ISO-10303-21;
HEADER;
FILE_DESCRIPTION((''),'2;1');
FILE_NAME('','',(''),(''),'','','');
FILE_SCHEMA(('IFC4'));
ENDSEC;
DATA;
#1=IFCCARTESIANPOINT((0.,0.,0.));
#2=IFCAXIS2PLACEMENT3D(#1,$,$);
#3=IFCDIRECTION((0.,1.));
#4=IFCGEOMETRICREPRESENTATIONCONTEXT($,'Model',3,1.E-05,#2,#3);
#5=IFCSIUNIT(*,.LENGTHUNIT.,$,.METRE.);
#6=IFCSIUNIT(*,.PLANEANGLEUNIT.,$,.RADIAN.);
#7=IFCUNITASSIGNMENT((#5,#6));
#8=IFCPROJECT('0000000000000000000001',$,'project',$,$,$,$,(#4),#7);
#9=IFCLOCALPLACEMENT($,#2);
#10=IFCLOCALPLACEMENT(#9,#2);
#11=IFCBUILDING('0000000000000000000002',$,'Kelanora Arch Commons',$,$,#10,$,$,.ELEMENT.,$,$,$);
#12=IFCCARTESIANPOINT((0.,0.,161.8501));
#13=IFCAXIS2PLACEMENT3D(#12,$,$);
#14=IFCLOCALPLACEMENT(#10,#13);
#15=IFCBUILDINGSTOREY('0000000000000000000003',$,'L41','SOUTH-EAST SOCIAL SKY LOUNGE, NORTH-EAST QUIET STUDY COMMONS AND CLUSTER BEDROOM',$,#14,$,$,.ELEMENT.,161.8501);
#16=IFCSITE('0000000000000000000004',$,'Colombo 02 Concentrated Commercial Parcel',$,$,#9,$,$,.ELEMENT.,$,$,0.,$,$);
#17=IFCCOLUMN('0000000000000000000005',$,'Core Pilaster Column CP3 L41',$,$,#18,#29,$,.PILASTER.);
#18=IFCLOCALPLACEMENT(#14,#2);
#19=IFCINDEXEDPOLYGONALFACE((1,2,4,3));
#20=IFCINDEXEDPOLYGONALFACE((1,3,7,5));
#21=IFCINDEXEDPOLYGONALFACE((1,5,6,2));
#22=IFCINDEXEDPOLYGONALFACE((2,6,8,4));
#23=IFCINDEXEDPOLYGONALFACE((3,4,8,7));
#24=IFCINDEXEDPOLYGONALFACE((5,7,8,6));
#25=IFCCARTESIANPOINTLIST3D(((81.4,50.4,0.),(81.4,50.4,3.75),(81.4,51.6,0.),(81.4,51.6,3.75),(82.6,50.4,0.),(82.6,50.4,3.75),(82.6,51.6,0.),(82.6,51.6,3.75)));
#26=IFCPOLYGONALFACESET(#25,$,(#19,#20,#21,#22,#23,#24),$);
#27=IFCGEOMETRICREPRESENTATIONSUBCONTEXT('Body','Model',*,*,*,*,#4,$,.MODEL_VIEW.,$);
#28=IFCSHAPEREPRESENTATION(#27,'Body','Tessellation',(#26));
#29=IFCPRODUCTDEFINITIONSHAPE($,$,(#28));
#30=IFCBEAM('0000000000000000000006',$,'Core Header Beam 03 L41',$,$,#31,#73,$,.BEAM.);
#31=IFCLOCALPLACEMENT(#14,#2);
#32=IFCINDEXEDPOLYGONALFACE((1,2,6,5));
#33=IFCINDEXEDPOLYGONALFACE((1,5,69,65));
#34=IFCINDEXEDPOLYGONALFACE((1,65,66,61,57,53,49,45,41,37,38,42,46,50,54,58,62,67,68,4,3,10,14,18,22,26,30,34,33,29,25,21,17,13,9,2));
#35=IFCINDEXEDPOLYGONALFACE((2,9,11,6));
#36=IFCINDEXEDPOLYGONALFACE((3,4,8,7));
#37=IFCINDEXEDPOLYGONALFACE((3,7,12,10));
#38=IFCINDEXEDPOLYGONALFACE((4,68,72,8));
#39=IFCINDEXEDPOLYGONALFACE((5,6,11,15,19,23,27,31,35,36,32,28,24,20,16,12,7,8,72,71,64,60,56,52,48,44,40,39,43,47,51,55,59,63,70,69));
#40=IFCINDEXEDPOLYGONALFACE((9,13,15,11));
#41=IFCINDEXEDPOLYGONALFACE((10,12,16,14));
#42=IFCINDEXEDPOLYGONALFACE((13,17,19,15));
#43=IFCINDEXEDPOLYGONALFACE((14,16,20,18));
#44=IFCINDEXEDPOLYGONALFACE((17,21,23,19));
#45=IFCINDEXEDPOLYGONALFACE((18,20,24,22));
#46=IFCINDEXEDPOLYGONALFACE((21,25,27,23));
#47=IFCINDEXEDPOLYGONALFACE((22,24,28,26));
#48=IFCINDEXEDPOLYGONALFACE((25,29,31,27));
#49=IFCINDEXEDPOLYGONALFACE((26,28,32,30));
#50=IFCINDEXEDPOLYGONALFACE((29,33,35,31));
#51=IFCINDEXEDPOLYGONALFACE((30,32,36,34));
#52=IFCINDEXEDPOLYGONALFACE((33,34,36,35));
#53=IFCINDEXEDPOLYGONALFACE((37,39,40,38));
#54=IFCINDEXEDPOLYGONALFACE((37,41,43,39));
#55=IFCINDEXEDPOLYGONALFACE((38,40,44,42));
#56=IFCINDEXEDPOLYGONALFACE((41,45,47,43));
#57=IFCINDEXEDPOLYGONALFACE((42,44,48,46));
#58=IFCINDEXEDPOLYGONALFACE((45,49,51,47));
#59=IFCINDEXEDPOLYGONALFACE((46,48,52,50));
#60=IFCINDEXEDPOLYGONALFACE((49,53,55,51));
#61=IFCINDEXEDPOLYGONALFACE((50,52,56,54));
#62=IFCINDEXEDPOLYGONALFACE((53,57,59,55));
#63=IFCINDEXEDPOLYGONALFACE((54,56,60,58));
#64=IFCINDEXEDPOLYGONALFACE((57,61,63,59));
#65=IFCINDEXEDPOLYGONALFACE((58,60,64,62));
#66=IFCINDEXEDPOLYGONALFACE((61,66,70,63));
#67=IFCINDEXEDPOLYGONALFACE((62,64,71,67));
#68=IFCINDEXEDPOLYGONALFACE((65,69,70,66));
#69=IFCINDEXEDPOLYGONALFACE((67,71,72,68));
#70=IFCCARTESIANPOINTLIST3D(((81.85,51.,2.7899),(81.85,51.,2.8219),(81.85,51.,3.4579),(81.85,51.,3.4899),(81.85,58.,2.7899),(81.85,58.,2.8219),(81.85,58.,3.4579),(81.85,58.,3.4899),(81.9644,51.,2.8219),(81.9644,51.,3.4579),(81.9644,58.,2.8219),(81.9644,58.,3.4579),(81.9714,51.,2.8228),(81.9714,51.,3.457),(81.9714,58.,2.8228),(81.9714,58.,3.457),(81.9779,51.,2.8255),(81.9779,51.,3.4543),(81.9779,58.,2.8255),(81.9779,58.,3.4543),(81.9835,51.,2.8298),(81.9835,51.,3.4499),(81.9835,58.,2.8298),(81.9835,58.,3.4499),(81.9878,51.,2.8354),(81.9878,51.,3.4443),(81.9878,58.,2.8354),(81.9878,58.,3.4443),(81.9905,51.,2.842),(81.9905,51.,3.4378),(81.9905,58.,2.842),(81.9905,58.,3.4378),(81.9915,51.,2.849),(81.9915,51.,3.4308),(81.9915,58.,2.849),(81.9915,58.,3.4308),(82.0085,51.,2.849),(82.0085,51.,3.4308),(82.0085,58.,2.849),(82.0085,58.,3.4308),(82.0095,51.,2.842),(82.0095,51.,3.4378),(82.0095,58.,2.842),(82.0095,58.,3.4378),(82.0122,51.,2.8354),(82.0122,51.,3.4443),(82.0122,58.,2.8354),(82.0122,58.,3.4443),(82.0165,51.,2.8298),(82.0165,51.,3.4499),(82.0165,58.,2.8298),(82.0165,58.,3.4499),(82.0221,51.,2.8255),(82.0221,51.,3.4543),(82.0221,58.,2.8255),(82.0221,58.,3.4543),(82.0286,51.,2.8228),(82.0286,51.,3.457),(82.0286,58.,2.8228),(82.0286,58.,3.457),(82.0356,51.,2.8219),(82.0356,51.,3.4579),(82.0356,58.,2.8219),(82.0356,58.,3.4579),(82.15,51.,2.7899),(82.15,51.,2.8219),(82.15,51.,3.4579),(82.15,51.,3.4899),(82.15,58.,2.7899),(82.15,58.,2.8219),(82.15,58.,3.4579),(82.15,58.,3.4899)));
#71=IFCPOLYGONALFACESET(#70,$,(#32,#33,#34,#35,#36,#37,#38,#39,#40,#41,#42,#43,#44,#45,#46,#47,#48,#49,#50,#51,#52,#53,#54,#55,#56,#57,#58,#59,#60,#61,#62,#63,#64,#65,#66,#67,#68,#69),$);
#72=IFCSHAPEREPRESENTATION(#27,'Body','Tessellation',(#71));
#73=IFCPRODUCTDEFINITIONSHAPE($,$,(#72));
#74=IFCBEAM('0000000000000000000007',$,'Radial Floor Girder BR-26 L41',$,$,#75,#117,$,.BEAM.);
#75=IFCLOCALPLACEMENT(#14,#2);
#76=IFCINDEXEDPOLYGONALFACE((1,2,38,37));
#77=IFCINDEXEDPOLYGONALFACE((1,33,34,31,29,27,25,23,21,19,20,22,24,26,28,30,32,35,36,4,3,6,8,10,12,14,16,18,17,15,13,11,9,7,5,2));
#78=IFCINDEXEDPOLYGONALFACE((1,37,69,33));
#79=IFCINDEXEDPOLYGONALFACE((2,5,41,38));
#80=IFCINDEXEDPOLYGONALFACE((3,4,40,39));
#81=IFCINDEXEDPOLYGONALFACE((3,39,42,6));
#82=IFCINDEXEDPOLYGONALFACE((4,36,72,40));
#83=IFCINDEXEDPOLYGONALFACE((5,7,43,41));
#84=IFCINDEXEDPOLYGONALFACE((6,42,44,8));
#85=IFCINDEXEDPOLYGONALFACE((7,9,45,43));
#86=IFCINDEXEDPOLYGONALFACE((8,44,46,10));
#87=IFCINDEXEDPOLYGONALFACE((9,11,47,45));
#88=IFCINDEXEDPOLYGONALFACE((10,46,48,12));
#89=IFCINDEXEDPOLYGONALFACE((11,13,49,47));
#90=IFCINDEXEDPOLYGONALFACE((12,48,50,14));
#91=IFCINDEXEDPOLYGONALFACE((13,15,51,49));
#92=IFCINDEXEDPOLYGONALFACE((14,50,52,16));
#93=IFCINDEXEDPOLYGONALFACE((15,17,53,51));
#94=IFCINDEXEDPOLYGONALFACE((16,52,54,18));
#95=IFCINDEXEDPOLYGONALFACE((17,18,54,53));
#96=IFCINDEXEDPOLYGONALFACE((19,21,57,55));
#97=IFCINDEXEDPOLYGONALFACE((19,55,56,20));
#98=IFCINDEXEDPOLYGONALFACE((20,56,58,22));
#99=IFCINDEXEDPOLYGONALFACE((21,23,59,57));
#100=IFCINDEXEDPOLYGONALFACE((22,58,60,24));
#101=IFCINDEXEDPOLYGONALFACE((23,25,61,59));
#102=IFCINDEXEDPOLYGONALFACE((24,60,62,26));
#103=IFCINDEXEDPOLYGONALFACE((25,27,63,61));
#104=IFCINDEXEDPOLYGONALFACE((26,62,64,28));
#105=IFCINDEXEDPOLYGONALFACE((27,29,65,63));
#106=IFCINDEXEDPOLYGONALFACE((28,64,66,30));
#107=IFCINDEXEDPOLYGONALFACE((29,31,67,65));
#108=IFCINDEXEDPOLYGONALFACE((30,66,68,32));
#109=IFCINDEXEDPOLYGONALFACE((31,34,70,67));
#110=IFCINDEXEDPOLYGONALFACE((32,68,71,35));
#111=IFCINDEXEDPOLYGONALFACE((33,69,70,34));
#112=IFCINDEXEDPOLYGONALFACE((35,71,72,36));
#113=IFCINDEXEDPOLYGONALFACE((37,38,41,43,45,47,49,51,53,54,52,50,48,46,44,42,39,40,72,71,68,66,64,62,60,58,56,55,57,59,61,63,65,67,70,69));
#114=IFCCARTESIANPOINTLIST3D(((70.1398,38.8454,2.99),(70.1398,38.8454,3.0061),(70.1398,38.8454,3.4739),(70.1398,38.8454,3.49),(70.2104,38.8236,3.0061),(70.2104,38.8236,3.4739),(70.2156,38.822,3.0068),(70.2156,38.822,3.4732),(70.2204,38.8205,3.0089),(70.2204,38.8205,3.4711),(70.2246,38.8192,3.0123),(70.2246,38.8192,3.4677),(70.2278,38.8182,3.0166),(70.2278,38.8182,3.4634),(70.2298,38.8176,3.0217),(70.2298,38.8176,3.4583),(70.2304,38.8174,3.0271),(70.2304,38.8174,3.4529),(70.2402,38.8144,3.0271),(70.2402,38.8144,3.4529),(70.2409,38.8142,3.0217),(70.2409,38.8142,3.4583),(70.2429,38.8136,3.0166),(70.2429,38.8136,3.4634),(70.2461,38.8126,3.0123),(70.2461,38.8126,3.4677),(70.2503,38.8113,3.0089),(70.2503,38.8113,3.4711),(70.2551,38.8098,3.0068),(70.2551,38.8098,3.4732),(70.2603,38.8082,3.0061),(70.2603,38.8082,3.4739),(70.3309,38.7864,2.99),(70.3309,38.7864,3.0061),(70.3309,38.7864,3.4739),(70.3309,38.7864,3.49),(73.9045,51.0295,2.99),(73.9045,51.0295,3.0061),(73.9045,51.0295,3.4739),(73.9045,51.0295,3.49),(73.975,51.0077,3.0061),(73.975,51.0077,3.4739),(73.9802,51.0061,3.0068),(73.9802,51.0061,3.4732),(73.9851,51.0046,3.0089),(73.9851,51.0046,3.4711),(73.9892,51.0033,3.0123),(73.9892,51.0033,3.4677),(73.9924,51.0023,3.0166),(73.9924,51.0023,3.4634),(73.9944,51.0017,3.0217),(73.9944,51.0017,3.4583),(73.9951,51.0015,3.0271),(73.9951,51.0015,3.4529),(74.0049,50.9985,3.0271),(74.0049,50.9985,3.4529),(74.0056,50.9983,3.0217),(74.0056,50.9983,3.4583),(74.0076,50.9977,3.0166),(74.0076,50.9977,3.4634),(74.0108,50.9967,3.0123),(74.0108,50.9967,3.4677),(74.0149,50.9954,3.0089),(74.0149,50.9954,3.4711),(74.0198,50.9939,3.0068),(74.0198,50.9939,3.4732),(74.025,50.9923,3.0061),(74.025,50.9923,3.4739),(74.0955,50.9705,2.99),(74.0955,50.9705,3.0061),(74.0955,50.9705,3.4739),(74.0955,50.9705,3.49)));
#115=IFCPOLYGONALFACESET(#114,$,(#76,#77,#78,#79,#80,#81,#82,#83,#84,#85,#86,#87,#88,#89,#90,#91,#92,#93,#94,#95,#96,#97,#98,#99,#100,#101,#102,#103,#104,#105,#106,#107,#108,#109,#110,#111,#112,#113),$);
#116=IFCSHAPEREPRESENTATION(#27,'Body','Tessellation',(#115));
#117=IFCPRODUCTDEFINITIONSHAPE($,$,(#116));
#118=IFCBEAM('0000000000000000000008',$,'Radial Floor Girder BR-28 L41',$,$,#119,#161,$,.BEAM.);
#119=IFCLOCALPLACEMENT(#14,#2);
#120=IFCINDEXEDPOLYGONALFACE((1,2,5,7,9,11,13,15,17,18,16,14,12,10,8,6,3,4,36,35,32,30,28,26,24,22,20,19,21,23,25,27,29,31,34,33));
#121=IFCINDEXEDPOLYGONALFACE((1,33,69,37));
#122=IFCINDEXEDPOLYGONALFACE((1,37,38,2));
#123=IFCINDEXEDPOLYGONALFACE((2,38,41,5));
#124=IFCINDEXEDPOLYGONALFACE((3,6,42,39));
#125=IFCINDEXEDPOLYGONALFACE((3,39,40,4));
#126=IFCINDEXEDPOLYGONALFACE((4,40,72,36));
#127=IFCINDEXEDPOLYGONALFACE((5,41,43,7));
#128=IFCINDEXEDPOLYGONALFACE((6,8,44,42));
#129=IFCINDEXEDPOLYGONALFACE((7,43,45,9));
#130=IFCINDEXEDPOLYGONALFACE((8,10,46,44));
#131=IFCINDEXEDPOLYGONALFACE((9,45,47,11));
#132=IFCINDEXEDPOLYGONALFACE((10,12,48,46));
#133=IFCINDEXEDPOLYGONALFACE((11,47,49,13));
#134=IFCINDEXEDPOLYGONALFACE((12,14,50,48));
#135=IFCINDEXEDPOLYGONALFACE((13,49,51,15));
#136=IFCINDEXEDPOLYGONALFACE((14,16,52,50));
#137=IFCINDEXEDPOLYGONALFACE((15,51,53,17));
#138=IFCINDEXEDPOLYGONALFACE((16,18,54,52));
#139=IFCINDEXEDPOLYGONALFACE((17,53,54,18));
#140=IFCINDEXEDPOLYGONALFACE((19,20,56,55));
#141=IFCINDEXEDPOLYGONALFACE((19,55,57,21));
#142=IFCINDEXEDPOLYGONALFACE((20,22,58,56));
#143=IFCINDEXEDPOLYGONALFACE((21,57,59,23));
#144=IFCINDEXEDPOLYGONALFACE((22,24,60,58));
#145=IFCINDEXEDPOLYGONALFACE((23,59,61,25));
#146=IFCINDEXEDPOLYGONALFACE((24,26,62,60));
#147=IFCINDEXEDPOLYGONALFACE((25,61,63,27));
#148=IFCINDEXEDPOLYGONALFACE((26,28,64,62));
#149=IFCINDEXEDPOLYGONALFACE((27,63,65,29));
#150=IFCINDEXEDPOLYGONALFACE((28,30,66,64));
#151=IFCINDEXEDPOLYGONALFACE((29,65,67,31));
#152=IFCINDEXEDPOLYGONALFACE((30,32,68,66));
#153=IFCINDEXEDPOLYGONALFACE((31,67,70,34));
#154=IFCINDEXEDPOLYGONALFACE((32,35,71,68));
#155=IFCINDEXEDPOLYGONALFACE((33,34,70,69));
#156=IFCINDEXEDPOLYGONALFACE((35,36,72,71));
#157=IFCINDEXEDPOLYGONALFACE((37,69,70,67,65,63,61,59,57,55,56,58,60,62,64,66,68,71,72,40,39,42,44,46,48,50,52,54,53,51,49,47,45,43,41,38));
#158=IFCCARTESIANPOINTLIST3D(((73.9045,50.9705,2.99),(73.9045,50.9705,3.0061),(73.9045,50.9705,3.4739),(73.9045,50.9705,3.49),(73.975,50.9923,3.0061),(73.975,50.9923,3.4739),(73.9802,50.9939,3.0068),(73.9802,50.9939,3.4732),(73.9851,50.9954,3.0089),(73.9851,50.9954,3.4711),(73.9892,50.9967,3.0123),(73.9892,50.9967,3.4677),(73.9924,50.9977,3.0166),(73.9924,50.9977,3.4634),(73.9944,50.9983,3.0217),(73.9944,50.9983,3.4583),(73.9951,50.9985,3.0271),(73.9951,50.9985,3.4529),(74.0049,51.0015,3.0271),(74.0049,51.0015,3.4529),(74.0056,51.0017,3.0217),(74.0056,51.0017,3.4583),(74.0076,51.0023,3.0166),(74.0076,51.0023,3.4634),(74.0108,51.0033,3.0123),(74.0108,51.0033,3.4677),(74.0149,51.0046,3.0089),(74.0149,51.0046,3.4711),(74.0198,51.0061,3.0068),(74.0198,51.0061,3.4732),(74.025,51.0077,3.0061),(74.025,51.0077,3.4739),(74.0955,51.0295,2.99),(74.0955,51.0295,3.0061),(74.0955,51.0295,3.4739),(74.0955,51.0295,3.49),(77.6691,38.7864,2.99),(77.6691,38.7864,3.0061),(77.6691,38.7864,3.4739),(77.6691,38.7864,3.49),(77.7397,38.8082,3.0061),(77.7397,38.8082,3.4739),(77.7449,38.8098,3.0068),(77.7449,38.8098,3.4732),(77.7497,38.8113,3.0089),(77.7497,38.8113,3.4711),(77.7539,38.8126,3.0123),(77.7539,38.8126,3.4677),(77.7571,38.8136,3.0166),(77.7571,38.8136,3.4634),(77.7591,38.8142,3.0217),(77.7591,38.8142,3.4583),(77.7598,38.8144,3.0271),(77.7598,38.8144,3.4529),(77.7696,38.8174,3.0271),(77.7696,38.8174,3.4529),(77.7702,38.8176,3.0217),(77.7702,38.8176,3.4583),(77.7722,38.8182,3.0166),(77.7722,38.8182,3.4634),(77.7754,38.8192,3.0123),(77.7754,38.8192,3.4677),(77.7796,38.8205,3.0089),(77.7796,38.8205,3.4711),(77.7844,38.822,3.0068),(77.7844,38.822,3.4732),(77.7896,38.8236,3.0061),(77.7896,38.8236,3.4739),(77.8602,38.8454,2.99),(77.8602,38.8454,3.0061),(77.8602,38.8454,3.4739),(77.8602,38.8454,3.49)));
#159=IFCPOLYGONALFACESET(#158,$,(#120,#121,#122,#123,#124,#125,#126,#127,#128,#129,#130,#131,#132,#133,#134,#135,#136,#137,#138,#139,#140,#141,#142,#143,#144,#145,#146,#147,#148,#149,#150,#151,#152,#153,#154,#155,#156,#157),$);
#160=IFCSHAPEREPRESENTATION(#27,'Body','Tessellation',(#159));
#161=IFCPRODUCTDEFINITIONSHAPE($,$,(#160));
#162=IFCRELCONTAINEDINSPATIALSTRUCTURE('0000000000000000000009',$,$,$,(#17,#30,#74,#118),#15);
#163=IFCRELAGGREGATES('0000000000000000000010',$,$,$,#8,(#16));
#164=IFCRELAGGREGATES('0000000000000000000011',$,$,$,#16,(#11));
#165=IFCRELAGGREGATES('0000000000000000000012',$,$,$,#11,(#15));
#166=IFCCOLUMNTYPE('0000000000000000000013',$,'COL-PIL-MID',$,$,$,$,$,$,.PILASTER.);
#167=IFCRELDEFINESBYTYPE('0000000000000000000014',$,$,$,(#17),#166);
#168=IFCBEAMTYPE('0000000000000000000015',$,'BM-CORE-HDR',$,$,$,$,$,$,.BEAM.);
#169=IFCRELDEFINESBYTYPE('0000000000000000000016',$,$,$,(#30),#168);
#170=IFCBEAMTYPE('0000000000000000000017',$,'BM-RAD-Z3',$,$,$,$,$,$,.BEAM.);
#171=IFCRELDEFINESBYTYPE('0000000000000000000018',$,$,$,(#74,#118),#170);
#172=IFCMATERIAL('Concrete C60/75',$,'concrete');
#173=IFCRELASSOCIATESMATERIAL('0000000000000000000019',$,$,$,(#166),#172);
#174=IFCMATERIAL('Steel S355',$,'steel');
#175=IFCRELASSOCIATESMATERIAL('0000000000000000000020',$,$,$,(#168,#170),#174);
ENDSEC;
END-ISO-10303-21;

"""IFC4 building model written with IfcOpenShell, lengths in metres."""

from ifc_helpers import new_model, si_unit, direction, frame, origin, origin_2d, place, context, subcontext, project, spatial, rectangle, i_section, extrude, material, material_profile, profile_set, type_object, element, save


model = new_model("IFC4")

# Units and contexts
model_context = context("Model", 3, precision=1e-05, world=origin(), true_north=direction((0.0, 1.0)))
body_context = subcontext(model_context, "Body", "Model", "MODEL_VIEW")
ifc_project = project(units=[si_unit("LENGTHUNIT", "METRE"), si_unit("PLANEANGLEUNIT", "RADIAN")], contexts=[model_context])

# Site, building, storey
site_placement = place(None, origin())
site = spatial("IfcSite", under=ifc_project, at=site_placement, Name="Colombo 02 Concentrated Commercial Parcel", CompositionType="ELEMENT", RefElevation=0.0)
building_placement = place(site_placement, origin())
building = spatial("IfcBuilding", under=site, at=building_placement, Name="Kelanora Arch Commons", CompositionType="ELEMENT")
storey_placement = place(building_placement, frame((0.0, 0.0, 161.8501)))
storey = spatial("IfcBuildingStorey", under=building, at=storey_placement, Name="L41", Description="SOUTH-EAST SOCIAL SKY LOUNGE, NORTH-EAST QUIET STUDY COMMONS AND CLUSTER BEDROOM", CompositionType="ELEMENT", Elevation=161.8501)

# Column
ifc_material_1 = material(Name="Concrete C60/75", Category="concrete")
ifc_material_profile_1 = material_profile(ifc_material_1, rectangle(XDim=1.2, YDim=1.2, at=origin_2d()), Name="RC1200x1200")
ifc_profile_set_1 = profile_set([ifc_material_profile_1], Name="Concrete C60/75")
column_type = type_object("IfcColumnType", Name="COL-PIL-MID", PredefinedType="PILASTER", material=ifc_profile_set_1)
column_placement = place(storey_placement, frame((82.0, 51.0, 0.0), z_axis=(0.0, 0.0, 1.0), x_axis=(1.0, 0.0, 0.0)))
element("IfcColumn", 1, at=column_placement, inside=storey, type_object=column_type, Name="Core Pilaster Column CP3 L41", PredefinedType="PILASTER", context=body_context, shape_type="SweptSolid", body=[
    extrude(rectangle(XDim=1.2, YDim=1.2, at=origin_2d()), origin(), (0.0, 0.0, 1.0), 3.75),
])

# Beams
ifc_material_2 = material(Name="Steel S355", Category="steel")
ifc_material_profile_2 = material_profile(ifc_material_2, i_section(OverallWidth=0.3, OverallDepth=0.7, WebThickness=0.0171, FlangeThickness=0.032, FilletRadius=0.0271, at=origin_2d()), Name="HEB700")
ifc_profile_set_2 = profile_set([ifc_material_profile_2], Name="Steel S355")
beam_type_1 = type_object("IfcBeamType", Name="BM-CORE-HDR", PredefinedType="BEAM", material=ifc_profile_set_2)
beam_1_placement = place(storey_placement, frame((82.0, 51.0, 3.1399), z_axis=(0.0, 1.0, 0.0), x_axis=(-1.0, 0.0, 0.0)))
element("IfcBeam", 2, at=beam_1_placement, inside=storey, type_object=beam_type_1, Name="Core Header Beam 03 L41", PredefinedType="BEAM", context=body_context, shape_type="SweptSolid", body=[
    extrude(i_section(OverallWidth=0.3, OverallDepth=0.7, WebThickness=0.0171, FlangeThickness=0.032, FilletRadius=0.0271, at=origin_2d()), origin(), (0.0, 0.0, 1.0), 7.0),
])
ifc_material_profile_3 = material_profile(ifc_material_2, i_section(OverallWidth=0.2, OverallDepth=0.5, WebThickness=0.0103, FlangeThickness=0.0161, FilletRadius=0.021, at=origin_2d()), Name="IPE500")
ifc_profile_set_3 = profile_set([ifc_material_profile_3], Name="Steel S355")
beam_type_2 = type_object("IfcBeamType", Name="BM-RAD-Z3", PredefinedType="BEAM", material=ifc_profile_set_3)
for number, where, z_axis, x_axis, name in (
    (3, (74.0, 51.0, 3.24), (-0.29521, -0.955432, 0.0), (0.955432, -0.29521, 0.0), "Radial Floor Girder BR-26 L41"),
    (4, (74.0, 51.0, 3.24), (0.29521, -0.955432, 0.0), (0.955432, 0.29521, 0.0), "Radial Floor Girder BR-28 L41"),
):
    element("IfcBeam", number, at=place(storey_placement, frame(where, z_axis=z_axis, x_axis=x_axis)), inside=storey, type_object=beam_type_2, Name=name, PredefinedType="BEAM", context=body_context, shape_type="SweptSolid", body=[
        extrude(i_section(OverallWidth=0.2, OverallDepth=0.5, WebThickness=0.0103, FlangeThickness=0.0161, FilletRadius=0.021, at=origin_2d()), origin(), (0.0, 0.0, 1.0), 12.7524),
    ])

save(model, "model.ifc")
